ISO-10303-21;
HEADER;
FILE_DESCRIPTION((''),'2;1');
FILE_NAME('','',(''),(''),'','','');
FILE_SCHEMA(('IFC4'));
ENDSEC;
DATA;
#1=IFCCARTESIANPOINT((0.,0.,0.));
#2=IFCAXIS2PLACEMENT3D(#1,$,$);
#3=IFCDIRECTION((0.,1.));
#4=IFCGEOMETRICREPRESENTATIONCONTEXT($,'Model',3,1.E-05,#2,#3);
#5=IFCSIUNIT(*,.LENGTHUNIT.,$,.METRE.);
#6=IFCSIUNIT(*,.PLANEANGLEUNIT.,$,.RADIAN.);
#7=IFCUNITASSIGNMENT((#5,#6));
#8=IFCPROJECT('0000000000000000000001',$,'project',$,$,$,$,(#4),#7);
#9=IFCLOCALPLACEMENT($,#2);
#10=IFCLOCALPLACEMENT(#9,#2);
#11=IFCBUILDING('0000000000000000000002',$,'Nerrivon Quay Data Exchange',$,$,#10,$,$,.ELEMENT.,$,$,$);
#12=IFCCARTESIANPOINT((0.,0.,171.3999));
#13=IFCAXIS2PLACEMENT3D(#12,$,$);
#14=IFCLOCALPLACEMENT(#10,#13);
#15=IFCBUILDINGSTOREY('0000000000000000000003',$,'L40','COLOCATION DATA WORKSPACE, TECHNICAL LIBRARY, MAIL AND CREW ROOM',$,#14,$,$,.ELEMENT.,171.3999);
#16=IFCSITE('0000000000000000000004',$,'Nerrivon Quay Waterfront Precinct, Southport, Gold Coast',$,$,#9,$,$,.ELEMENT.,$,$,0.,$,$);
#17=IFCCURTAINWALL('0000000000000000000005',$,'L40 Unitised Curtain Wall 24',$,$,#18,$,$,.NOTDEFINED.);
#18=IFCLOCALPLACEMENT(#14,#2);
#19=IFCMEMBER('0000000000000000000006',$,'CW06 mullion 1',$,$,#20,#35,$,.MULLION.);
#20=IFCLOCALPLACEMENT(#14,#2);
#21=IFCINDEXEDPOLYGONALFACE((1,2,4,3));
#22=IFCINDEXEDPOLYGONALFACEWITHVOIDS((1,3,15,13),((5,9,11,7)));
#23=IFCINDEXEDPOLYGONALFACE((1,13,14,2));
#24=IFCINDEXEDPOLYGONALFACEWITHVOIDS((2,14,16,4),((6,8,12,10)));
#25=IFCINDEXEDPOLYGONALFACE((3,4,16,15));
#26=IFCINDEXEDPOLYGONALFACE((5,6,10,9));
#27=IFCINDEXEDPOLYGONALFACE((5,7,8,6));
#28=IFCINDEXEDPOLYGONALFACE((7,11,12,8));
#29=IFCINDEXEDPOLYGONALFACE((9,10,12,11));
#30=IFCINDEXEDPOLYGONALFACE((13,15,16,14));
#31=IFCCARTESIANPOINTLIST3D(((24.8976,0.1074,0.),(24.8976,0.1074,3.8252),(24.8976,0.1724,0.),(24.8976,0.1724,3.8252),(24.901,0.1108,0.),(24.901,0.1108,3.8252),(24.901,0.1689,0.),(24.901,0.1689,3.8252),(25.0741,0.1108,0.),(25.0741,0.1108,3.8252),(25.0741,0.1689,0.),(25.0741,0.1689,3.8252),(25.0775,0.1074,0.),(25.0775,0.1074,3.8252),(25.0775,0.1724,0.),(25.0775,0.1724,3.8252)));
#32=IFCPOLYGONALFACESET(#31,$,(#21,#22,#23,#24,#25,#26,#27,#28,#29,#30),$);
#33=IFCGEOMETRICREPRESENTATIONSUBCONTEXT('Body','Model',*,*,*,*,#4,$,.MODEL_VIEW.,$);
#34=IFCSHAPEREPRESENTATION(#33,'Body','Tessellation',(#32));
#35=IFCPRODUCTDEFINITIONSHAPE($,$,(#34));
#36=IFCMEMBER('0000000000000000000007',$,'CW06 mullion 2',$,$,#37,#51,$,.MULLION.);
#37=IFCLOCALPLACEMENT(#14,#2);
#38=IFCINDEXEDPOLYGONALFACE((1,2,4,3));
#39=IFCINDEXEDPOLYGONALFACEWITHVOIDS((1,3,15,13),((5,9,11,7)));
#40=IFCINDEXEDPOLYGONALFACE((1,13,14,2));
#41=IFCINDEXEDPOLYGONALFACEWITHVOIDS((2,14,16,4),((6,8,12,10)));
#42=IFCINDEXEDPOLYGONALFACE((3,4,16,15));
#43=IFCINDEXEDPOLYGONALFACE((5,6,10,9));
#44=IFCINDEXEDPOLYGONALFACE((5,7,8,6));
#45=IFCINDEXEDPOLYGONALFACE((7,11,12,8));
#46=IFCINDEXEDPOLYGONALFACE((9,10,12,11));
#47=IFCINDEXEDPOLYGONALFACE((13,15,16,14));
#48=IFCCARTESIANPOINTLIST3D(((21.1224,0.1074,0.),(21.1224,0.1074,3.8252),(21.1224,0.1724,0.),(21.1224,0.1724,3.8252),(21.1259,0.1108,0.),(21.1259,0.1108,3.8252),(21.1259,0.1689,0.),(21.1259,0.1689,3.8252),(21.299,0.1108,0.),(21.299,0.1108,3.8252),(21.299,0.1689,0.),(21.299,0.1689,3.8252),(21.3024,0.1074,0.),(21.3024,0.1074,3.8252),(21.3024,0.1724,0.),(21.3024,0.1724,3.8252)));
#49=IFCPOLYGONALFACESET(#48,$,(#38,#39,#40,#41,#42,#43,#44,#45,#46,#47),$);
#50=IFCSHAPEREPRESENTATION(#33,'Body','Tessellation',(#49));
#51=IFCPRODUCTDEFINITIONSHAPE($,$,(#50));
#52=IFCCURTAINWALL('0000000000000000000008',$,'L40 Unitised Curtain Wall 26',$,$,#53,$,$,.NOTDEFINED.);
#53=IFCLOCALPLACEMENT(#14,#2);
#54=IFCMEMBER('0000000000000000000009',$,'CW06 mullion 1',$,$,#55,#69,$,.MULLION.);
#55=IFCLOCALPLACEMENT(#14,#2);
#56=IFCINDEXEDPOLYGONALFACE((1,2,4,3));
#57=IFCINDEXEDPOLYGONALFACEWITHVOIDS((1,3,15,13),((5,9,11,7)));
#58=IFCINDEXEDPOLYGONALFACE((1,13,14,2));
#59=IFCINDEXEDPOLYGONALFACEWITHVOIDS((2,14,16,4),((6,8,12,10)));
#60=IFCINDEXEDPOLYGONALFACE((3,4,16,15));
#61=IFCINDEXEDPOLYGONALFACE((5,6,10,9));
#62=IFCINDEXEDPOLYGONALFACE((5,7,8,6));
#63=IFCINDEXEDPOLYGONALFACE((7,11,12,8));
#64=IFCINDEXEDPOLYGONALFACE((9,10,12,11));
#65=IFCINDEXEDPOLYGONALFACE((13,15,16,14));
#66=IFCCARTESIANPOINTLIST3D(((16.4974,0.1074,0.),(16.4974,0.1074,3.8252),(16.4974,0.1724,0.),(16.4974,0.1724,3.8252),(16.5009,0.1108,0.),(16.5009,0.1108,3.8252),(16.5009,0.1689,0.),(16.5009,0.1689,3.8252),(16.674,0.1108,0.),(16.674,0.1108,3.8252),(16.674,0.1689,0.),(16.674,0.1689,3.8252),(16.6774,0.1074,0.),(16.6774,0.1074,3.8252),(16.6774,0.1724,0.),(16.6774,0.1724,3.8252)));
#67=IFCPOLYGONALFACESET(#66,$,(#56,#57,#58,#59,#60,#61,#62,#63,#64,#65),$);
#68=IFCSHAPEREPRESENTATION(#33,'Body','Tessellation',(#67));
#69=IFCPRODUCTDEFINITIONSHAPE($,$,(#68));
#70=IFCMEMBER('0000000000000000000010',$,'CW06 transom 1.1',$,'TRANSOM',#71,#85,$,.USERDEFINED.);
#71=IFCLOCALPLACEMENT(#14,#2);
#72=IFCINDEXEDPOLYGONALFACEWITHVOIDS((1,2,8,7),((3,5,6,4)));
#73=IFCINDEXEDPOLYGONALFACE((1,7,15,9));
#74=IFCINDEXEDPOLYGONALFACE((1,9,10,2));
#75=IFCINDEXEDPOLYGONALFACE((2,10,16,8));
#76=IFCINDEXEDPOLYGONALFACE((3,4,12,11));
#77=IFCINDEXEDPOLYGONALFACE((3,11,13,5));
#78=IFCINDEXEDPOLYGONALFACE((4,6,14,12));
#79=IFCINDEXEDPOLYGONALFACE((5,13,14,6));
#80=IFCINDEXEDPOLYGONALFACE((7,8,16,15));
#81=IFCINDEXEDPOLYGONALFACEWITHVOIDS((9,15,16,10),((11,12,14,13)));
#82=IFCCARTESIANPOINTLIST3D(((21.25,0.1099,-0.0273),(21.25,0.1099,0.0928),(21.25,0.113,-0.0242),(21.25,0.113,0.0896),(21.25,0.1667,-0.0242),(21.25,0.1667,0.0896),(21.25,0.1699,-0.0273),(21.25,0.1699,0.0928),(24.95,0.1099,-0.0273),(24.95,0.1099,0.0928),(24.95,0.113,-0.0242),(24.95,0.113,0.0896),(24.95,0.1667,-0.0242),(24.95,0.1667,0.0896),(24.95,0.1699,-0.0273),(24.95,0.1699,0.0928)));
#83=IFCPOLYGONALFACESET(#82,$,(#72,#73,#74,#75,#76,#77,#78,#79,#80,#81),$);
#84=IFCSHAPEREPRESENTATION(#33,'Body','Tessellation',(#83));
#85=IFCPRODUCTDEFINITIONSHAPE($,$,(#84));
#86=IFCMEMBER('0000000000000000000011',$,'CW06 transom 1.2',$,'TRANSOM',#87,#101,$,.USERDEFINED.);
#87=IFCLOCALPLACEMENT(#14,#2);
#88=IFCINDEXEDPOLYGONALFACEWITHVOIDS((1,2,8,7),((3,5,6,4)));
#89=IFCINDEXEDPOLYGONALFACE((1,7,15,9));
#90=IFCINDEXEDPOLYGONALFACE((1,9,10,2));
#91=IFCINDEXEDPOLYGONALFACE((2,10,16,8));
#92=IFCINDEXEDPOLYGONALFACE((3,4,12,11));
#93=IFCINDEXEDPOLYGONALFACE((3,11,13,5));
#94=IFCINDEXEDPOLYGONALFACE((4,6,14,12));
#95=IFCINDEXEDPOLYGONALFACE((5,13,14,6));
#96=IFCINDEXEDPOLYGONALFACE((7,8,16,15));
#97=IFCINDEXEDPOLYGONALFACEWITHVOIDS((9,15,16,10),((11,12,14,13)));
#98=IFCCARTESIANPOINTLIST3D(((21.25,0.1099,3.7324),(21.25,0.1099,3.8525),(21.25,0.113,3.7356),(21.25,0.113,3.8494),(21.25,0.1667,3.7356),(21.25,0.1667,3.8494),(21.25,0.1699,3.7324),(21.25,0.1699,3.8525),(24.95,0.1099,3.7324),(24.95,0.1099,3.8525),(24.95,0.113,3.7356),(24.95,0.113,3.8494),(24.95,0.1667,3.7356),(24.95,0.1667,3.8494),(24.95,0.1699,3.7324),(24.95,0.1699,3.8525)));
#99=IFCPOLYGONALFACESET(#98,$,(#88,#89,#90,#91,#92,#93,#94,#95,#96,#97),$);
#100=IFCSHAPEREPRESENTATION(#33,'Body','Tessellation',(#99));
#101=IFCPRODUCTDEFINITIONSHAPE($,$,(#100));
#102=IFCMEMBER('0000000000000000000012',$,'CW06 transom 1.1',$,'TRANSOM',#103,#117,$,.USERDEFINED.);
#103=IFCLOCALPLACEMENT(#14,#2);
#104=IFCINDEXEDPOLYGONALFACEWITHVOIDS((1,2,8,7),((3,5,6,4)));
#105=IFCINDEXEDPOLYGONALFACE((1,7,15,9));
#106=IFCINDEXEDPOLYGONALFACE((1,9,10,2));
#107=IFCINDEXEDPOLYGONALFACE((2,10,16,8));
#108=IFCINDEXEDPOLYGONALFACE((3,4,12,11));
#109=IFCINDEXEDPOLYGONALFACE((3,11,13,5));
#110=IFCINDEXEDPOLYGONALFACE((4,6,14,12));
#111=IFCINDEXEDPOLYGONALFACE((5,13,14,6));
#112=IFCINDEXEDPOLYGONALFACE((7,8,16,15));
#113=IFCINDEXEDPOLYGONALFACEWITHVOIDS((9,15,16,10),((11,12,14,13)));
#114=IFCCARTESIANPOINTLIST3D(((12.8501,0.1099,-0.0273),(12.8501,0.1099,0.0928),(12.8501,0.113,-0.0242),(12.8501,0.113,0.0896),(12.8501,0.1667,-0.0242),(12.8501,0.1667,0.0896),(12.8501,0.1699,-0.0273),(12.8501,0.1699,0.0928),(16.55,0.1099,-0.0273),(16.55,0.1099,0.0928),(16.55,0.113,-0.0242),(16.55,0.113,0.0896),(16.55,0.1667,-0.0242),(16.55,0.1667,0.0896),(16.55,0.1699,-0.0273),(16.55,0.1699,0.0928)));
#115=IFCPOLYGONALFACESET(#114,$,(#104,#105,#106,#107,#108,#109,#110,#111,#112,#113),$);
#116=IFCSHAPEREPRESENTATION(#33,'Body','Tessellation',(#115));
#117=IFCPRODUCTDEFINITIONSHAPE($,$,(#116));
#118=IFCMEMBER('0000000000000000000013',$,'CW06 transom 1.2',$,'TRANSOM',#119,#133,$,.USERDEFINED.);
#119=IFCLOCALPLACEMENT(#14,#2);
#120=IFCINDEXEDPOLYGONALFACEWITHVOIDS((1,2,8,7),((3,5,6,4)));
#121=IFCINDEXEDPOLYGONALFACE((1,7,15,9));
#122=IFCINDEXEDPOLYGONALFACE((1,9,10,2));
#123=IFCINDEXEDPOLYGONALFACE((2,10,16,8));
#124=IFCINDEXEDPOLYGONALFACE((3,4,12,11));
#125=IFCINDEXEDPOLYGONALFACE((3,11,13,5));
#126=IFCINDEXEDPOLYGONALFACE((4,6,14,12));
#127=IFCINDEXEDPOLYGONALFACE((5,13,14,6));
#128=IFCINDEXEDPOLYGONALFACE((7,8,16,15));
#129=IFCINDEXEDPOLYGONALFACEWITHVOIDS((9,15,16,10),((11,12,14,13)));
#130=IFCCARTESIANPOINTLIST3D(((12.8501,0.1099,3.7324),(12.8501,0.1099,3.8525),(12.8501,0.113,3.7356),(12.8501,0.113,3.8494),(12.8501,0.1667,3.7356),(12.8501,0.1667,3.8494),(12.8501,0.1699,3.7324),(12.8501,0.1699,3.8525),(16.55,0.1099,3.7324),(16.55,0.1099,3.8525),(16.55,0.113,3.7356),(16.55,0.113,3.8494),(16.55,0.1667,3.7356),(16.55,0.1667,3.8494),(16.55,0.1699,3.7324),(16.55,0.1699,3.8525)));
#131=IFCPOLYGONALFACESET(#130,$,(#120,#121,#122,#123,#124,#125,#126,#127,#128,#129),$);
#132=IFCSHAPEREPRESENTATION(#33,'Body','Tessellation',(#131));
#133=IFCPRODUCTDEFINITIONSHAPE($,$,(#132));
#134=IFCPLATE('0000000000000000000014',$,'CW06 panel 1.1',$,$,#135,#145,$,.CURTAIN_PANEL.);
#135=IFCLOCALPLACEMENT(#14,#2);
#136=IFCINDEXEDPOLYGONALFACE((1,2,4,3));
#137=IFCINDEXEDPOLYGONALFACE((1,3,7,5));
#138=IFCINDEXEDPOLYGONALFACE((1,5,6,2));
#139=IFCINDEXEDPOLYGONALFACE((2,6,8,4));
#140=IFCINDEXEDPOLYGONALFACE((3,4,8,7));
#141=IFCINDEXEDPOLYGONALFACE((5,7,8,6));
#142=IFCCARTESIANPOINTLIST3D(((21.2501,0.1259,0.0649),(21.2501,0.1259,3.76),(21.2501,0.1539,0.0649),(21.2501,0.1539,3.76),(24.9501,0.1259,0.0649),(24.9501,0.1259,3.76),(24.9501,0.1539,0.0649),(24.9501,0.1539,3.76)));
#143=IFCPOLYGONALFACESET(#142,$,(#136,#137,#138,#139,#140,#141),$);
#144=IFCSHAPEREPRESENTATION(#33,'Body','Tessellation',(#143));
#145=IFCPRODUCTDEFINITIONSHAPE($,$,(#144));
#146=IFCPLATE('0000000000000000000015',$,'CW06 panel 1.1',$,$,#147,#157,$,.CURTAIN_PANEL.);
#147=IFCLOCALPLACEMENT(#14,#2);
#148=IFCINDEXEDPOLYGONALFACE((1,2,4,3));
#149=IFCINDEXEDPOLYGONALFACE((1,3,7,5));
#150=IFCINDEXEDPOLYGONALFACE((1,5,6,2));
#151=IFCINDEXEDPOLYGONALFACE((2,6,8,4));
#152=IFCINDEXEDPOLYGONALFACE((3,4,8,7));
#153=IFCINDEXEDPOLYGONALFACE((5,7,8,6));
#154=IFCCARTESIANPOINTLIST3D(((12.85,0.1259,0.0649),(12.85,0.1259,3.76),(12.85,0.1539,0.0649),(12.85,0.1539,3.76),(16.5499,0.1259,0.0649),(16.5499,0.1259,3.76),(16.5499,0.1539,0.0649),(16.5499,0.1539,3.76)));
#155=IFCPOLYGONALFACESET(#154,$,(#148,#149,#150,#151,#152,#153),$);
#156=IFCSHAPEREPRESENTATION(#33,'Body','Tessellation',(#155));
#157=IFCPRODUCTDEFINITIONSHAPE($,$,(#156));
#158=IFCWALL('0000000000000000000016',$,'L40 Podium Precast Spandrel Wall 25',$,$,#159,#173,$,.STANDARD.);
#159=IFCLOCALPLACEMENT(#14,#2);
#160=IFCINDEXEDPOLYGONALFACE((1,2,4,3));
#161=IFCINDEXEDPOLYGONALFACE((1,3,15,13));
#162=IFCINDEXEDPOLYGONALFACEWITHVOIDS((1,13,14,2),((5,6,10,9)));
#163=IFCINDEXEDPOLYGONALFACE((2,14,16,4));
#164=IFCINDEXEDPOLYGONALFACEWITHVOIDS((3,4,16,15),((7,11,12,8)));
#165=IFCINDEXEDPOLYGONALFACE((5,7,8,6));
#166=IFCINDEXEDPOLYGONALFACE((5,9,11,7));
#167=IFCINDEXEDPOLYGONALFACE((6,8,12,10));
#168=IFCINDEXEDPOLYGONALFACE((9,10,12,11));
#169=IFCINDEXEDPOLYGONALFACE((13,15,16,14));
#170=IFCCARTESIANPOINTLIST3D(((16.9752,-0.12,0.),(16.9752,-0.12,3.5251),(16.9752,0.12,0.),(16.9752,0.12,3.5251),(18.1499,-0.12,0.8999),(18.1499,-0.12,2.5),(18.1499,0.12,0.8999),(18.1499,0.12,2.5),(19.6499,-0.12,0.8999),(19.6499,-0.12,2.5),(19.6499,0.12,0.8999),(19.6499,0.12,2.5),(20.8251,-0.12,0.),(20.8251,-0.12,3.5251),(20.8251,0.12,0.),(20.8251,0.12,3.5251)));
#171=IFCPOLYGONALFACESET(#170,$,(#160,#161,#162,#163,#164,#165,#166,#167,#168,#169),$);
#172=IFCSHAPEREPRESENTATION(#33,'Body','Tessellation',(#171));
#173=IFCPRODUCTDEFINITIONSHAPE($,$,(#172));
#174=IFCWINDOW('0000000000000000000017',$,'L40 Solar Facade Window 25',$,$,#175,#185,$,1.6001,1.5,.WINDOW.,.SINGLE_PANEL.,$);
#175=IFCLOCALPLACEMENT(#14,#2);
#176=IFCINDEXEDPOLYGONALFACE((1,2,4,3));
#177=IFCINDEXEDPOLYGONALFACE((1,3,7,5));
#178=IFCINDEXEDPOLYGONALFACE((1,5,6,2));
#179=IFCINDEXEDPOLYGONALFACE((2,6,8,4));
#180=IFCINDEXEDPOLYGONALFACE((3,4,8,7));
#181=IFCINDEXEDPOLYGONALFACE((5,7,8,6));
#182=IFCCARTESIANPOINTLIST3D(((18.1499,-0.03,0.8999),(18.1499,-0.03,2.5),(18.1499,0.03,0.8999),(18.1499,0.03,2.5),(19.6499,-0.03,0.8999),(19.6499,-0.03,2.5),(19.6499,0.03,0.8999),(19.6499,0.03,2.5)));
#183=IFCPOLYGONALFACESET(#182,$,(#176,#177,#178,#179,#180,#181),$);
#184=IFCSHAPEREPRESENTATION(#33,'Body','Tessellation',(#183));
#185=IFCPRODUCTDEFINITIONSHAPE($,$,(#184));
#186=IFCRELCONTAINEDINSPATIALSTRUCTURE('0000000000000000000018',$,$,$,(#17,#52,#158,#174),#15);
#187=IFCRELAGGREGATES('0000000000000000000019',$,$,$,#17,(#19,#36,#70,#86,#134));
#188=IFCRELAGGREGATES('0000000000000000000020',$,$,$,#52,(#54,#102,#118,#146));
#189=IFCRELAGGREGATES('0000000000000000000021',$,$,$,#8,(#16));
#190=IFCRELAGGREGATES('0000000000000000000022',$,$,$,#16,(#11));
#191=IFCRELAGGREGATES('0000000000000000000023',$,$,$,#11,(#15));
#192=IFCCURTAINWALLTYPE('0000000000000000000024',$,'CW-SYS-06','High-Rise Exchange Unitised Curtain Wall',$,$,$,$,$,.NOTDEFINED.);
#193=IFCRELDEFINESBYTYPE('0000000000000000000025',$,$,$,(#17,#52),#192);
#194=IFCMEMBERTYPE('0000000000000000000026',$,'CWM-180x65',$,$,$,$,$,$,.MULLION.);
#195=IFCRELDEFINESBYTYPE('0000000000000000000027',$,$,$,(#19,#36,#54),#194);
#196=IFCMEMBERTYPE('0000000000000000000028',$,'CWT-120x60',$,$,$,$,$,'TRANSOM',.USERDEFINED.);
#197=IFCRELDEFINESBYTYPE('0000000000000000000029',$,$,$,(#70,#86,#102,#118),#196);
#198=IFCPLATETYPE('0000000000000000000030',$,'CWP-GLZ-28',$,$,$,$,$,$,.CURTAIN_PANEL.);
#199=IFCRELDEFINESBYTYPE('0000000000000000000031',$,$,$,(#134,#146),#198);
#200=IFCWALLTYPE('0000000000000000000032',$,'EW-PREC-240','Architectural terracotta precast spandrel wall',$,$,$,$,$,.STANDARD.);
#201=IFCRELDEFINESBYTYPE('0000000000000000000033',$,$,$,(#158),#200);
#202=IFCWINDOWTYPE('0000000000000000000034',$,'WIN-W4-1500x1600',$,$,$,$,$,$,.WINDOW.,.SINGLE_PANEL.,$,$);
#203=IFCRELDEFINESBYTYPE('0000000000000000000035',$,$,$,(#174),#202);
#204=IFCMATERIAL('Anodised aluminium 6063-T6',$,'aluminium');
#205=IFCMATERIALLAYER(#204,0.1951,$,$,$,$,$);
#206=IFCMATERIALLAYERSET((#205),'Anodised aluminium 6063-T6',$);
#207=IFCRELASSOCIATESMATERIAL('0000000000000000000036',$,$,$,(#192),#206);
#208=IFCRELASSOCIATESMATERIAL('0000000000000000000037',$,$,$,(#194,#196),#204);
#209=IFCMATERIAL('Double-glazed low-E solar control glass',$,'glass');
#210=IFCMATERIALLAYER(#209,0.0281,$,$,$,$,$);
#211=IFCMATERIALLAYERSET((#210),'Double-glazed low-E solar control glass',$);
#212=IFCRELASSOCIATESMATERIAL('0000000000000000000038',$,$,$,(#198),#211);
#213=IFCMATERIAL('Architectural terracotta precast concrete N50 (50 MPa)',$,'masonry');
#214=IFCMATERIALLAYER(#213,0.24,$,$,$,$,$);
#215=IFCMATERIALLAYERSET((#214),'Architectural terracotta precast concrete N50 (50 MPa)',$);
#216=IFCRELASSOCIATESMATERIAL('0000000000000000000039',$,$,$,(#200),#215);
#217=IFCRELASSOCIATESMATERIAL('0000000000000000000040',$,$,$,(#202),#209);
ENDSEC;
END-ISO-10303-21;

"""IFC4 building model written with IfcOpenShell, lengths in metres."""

from ifc_helpers import new_model, si_unit, direction, frame, frame_2d, origin, origin_2d, place, context, subcontext, project, spatial, rectangle, hollow_rectangle, extrude, material, layer, layer_set, material_profile, profile_set, type_object, element, fill, aggregate, save


model = new_model("IFC4")

# Units and contexts
model_context = context("Model", 3, precision=1e-05, world=origin(), true_north=direction((0.0, 1.0)))
body_context = subcontext(model_context, "Body", "Model", "MODEL_VIEW")
ifc_project = project(units=[si_unit("LENGTHUNIT", "METRE"), si_unit("PLANEANGLEUNIT", "RADIAN")], contexts=[model_context])

# Site, building, storey
site_placement = place(None, origin())
site = spatial("IfcSite", under=ifc_project, at=site_placement, Name="Nerrivon Quay Waterfront Precinct, Southport, Gold Coast", CompositionType="ELEMENT", RefElevation=0.0)
building_placement = place(site_placement, origin())
building = spatial("IfcBuilding", under=site, at=building_placement, Name="Nerrivon Quay Data Exchange", CompositionType="ELEMENT")
storey_placement = place(building_placement, frame((0.0, 0.0, 171.3999)))
storey = spatial("IfcBuildingStorey", under=building, at=storey_placement, Name="L40", Description="COLOCATION DATA WORKSPACE, TECHNICAL LIBRARY, MAIL AND CREW ROOM", CompositionType="ELEMENT", Elevation=171.3999)

# Curtain wall, members
ifc_material_1 = material(Name="Anodised aluminium 6063-T6", Category="aluminium")
ifc_layer_1 = layer(ifc_material_1, 0.1951)
ifc_layer_set_1 = layer_set([ifc_layer_1], Name="Anodised aluminium 6063-T6")
curtain_wall_type = type_object("IfcCurtainWallType", Name="CW-SYS-06", Description="High-Rise Exchange Unitised Curtain Wall", PredefinedType="NOTDEFINED", material=ifc_layer_set_1)
curtain_wall_1_placement = place(storey_placement, origin())
curtain_wall_1 = element("IfcCurtainWall", 1, at=curtain_wall_1_placement, inside=storey, type_object=curtain_wall_type, Name="L40 Unitised Curtain Wall 24", PredefinedType="NOTDEFINED")
ifc_material_profile_1 = material_profile(ifc_material_1, hollow_rectangle(XDim=0.0649, YDim=0.1799, WallThickness=0.0034, at=origin_2d()), Name="ALU-MULL-180x65")
ifc_profile_set_1 = profile_set([ifc_material_profile_1], Name="Anodised aluminium 6063-T6")
member_type_1 = type_object("IfcMemberType", Name="CWM-180x65", PredefinedType="MULLION", material=ifc_profile_set_1)
member_1_placement = place(storey_placement, frame((24.9875, 0.1399, 0.0), z_axis=(0.0, 0.0, 1.0), x_axis=(0.0, -1.0, 0.0)))
member_1 = element("IfcMember", 2, at=member_1_placement, type_object=member_type_1, Name="CW06 mullion 1", PredefinedType="MULLION", context=body_context, shape_type="SweptSolid", body=[
    extrude(hollow_rectangle(XDim=0.0649, YDim=0.1799, WallThickness=0.0034, at=origin_2d()), origin(), (0.0, 0.0, 1.0), 3.8252),
])
member_2_placement = place(storey_placement, frame((21.2124, 0.1399, 0.0), z_axis=(0.0, 0.0, 1.0), x_axis=(0.0, -1.0, 0.0)))
member_2 = element("IfcMember", 3, at=member_2_placement, type_object=member_type_1, Name="CW06 mullion 2", PredefinedType="MULLION", context=body_context, shape_type="SweptSolid", body=[
    extrude(hollow_rectangle(XDim=0.0649, YDim=0.1799, WallThickness=0.0034, at=origin_2d()), origin(), (0.0, 0.0, 1.0), 3.8252),
])

# Curtain wall, member
curtain_wall_2_placement = place(storey_placement, origin())
curtain_wall_2 = element("IfcCurtainWall", 4, at=curtain_wall_2_placement, inside=storey, type_object=curtain_wall_type, Name="L40 Unitised Curtain Wall 26", PredefinedType="NOTDEFINED")
member_3_placement = place(storey_placement, frame((16.5874, 0.1399, 0.0), z_axis=(0.0, 0.0, 1.0), x_axis=(0.0, -1.0, 0.0)))
member_3 = element("IfcMember", 5, at=member_3_placement, type_object=member_type_1, Name="CW06 mullion 1", PredefinedType="MULLION", context=body_context, shape_type="SweptSolid", body=[
    extrude(hollow_rectangle(XDim=0.0649, YDim=0.1799, WallThickness=0.0034, at=origin_2d()), origin(), (0.0, 0.0, 1.0), 3.8252),
])

# Members
ifc_material_profile_2 = material_profile(ifc_material_1, hollow_rectangle(XDim=0.0601, YDim=0.1201, WallThickness=0.0032, at=origin_2d()), Name="ALU-TRAN-120x60")
ifc_profile_set_2 = profile_set([ifc_material_profile_2], Name="Anodised aluminium 6063-T6")
member_type_2 = type_object("IfcMemberType", Name="CWT-120x60", ElementType="TRANSOM", PredefinedType="USERDEFINED", material=ifc_profile_set_2)
member_4_placement = place(storey_placement, frame((24.95, 0.1399, 0.0327), z_axis=(-1.0, 0.0, 0.0), x_axis=(0.0, -1.0, 0.0)))
member_4 = element("IfcMember", 6, at=member_4_placement, type_object=member_type_2, Name="CW06 transom 1.1", ObjectType="TRANSOM", PredefinedType="USERDEFINED", context=body_context, shape_type="SweptSolid", body=[
    extrude(hollow_rectangle(XDim=0.0601, YDim=0.1201, WallThickness=0.0032, at=origin_2d()), origin(), (0.0, 0.0, 1.0), 3.7),
])
member_5_placement = place(storey_placement, frame((24.95, 0.1399, 3.7925), z_axis=(-1.0, 0.0, 0.0), x_axis=(0.0, -1.0, 0.0)))
member_5 = element("IfcMember", 7, at=member_5_placement, type_object=member_type_2, Name="CW06 transom 1.2", ObjectType="TRANSOM", PredefinedType="USERDEFINED", context=body_context, shape_type="SweptSolid", body=[
    extrude(hollow_rectangle(XDim=0.0601, YDim=0.1201, WallThickness=0.0032, at=origin_2d()), origin(), (0.0, 0.0, 1.0), 3.7),
])
member_6_placement = place(storey_placement, frame((16.55, 0.1399, 0.0327), z_axis=(-1.0, 0.0, 0.0), x_axis=(0.0, -1.0, 0.0)))
member_6 = element("IfcMember", 8, at=member_6_placement, type_object=member_type_2, Name="CW06 transom 1.1", ObjectType="TRANSOM", PredefinedType="USERDEFINED", context=body_context, shape_type="SweptSolid", body=[
    extrude(hollow_rectangle(XDim=0.0601, YDim=0.1201, WallThickness=0.0032, at=origin_2d()), origin(), (0.0, 0.0, 1.0), 3.7),
])
member_7_placement = place(storey_placement, frame((16.55, 0.1399, 3.7925), z_axis=(-1.0, 0.0, 0.0), x_axis=(0.0, -1.0, 0.0)))
member_7 = element("IfcMember", 9, at=member_7_placement, type_object=member_type_2, Name="CW06 transom 1.2", ObjectType="TRANSOM", PredefinedType="USERDEFINED", context=body_context, shape_type="SweptSolid", body=[
    extrude(hollow_rectangle(XDim=0.0601, YDim=0.1201, WallThickness=0.0032, at=origin_2d()), origin(), (0.0, 0.0, 1.0), 3.7),
])

# Plates
ifc_material_2 = material(Name="Double-glazed low-E solar control glass", Category="glass")
ifc_layer_2 = layer(ifc_material_2, 0.0281)
ifc_layer_set_2 = layer_set([ifc_layer_2], Name="Double-glazed low-E solar control glass")
plate_type = type_object("IfcPlateType", Name="CWP-GLZ-28", PredefinedType="CURTAIN_PANEL", material=ifc_layer_set_2)
plate_1_placement = place(storey_placement, frame((23.1001, 0.1399, 0.0649), z_axis=(0.0, 0.0, 1.0), x_axis=(-1.0, 0.0, 0.0)))
plate_1 = element("IfcPlate", 10, at=plate_1_placement, type_object=plate_type, Name="CW06 panel 1.1", PredefinedType="CURTAIN_PANEL", context=body_context, shape_type="SweptSolid", body=[
    extrude(rectangle(XDim=3.7, YDim=0.0281, at=origin_2d()), origin(), (0.0, 0.0, 1.0), 3.6951),
])
aggregate(curtain_wall_1, [member_1, member_2, member_4, member_5, plate_1])
plate_2_placement = place(storey_placement, frame((14.7, 0.1399, 0.0649), z_axis=(0.0, 0.0, 1.0), x_axis=(-1.0, 0.0, 0.0)))
plate_2 = element("IfcPlate", 11, at=plate_2_placement, type_object=plate_type, Name="CW06 panel 1.1", PredefinedType="CURTAIN_PANEL", context=body_context, shape_type="SweptSolid", body=[
    extrude(rectangle(XDim=3.7, YDim=0.0281, at=origin_2d()), origin(), (0.0, 0.0, 1.0), 3.6951),
])
aggregate(curtain_wall_2, [member_3, member_6, member_7, plate_2])

# Wall, opening, window
ifc_material_3 = material(Name="Architectural terracotta precast concrete N50 (50 MPa)", Category="masonry")
ifc_layer_3 = layer(ifc_material_3, 0.24)
ifc_layer_set_3 = layer_set([ifc_layer_3], Name="Architectural terracotta precast concrete N50 (50 MPa)")
wall_type_1 = type_object("IfcWallType", Name="EW-PREC-240", Description="Architectural terracotta precast spandrel wall", PredefinedType="STANDARD", material=ifc_layer_set_3)
wall_1_placement = place(storey_placement, frame((20.825, 0.0, 0.0), z_axis=(0.0, 0.0, 1.0), x_axis=(-1.0, 0.0, 0.0)))
wall_1 = element("IfcWall", 12, at=wall_1_placement, inside=storey, type_object=wall_type_1, Name="L40 Podium Precast Spandrel Wall 25", PredefinedType="STANDARD", context=body_context, shape_type="SweptSolid", body=[
    extrude(rectangle(XDim=3.8499, YDim=0.24, at=frame_2d((1.9248, 0.0))), origin(), (0.0, 0.0, 1.0), 3.5251),
])
opening_placement = place(wall_1_placement, frame((1.175, 0.0, 0.8999)))
opening = element("IfcOpeningElement", 13, at=opening_placement, cuts=wall_1, PredefinedType="OPENING", context=body_context, shape_type="SweptSolid", body=[
    extrude(rectangle(XDim=1.5, YDim=1.6001, at=frame_2d((0.75, 0.8))), frame((0.0, 0.1299, 0.0), z_axis=(0.0, -1.0, 0.0), x_axis=(1.0, 0.0, 0.0)), (0.0, 0.0, 1.0), 0.26),
])
window_type = type_object("IfcWindowType", Name="WIN-W4-1500x1600", PartitioningType="SINGLE_PANEL", PredefinedType="WINDOW", material=ifc_material_2)
window_placement = place(opening_placement, origin())
window = element("IfcWindow", 14, at=window_placement, inside=storey, type_object=window_type, Name="L40 Solar Facade Window 25", OverallHeight=1.6001, OverallWidth=1.5, PartitioningType="SINGLE_PANEL", PredefinedType="WINDOW", context=body_context, shape_type="SweptSolid", body=[
    extrude(rectangle(XDim=1.5, YDim=1.6001, at=frame_2d((0.75, 0.8))), frame((0.0, 0.03, 0.0), z_axis=(0.0, -1.0, 0.0), x_axis=(1.0, 0.0, 0.0)), (0.0, 0.0, 1.0), 0.0601),
])
fill(opening, window)

save(model, "model.ifc")
